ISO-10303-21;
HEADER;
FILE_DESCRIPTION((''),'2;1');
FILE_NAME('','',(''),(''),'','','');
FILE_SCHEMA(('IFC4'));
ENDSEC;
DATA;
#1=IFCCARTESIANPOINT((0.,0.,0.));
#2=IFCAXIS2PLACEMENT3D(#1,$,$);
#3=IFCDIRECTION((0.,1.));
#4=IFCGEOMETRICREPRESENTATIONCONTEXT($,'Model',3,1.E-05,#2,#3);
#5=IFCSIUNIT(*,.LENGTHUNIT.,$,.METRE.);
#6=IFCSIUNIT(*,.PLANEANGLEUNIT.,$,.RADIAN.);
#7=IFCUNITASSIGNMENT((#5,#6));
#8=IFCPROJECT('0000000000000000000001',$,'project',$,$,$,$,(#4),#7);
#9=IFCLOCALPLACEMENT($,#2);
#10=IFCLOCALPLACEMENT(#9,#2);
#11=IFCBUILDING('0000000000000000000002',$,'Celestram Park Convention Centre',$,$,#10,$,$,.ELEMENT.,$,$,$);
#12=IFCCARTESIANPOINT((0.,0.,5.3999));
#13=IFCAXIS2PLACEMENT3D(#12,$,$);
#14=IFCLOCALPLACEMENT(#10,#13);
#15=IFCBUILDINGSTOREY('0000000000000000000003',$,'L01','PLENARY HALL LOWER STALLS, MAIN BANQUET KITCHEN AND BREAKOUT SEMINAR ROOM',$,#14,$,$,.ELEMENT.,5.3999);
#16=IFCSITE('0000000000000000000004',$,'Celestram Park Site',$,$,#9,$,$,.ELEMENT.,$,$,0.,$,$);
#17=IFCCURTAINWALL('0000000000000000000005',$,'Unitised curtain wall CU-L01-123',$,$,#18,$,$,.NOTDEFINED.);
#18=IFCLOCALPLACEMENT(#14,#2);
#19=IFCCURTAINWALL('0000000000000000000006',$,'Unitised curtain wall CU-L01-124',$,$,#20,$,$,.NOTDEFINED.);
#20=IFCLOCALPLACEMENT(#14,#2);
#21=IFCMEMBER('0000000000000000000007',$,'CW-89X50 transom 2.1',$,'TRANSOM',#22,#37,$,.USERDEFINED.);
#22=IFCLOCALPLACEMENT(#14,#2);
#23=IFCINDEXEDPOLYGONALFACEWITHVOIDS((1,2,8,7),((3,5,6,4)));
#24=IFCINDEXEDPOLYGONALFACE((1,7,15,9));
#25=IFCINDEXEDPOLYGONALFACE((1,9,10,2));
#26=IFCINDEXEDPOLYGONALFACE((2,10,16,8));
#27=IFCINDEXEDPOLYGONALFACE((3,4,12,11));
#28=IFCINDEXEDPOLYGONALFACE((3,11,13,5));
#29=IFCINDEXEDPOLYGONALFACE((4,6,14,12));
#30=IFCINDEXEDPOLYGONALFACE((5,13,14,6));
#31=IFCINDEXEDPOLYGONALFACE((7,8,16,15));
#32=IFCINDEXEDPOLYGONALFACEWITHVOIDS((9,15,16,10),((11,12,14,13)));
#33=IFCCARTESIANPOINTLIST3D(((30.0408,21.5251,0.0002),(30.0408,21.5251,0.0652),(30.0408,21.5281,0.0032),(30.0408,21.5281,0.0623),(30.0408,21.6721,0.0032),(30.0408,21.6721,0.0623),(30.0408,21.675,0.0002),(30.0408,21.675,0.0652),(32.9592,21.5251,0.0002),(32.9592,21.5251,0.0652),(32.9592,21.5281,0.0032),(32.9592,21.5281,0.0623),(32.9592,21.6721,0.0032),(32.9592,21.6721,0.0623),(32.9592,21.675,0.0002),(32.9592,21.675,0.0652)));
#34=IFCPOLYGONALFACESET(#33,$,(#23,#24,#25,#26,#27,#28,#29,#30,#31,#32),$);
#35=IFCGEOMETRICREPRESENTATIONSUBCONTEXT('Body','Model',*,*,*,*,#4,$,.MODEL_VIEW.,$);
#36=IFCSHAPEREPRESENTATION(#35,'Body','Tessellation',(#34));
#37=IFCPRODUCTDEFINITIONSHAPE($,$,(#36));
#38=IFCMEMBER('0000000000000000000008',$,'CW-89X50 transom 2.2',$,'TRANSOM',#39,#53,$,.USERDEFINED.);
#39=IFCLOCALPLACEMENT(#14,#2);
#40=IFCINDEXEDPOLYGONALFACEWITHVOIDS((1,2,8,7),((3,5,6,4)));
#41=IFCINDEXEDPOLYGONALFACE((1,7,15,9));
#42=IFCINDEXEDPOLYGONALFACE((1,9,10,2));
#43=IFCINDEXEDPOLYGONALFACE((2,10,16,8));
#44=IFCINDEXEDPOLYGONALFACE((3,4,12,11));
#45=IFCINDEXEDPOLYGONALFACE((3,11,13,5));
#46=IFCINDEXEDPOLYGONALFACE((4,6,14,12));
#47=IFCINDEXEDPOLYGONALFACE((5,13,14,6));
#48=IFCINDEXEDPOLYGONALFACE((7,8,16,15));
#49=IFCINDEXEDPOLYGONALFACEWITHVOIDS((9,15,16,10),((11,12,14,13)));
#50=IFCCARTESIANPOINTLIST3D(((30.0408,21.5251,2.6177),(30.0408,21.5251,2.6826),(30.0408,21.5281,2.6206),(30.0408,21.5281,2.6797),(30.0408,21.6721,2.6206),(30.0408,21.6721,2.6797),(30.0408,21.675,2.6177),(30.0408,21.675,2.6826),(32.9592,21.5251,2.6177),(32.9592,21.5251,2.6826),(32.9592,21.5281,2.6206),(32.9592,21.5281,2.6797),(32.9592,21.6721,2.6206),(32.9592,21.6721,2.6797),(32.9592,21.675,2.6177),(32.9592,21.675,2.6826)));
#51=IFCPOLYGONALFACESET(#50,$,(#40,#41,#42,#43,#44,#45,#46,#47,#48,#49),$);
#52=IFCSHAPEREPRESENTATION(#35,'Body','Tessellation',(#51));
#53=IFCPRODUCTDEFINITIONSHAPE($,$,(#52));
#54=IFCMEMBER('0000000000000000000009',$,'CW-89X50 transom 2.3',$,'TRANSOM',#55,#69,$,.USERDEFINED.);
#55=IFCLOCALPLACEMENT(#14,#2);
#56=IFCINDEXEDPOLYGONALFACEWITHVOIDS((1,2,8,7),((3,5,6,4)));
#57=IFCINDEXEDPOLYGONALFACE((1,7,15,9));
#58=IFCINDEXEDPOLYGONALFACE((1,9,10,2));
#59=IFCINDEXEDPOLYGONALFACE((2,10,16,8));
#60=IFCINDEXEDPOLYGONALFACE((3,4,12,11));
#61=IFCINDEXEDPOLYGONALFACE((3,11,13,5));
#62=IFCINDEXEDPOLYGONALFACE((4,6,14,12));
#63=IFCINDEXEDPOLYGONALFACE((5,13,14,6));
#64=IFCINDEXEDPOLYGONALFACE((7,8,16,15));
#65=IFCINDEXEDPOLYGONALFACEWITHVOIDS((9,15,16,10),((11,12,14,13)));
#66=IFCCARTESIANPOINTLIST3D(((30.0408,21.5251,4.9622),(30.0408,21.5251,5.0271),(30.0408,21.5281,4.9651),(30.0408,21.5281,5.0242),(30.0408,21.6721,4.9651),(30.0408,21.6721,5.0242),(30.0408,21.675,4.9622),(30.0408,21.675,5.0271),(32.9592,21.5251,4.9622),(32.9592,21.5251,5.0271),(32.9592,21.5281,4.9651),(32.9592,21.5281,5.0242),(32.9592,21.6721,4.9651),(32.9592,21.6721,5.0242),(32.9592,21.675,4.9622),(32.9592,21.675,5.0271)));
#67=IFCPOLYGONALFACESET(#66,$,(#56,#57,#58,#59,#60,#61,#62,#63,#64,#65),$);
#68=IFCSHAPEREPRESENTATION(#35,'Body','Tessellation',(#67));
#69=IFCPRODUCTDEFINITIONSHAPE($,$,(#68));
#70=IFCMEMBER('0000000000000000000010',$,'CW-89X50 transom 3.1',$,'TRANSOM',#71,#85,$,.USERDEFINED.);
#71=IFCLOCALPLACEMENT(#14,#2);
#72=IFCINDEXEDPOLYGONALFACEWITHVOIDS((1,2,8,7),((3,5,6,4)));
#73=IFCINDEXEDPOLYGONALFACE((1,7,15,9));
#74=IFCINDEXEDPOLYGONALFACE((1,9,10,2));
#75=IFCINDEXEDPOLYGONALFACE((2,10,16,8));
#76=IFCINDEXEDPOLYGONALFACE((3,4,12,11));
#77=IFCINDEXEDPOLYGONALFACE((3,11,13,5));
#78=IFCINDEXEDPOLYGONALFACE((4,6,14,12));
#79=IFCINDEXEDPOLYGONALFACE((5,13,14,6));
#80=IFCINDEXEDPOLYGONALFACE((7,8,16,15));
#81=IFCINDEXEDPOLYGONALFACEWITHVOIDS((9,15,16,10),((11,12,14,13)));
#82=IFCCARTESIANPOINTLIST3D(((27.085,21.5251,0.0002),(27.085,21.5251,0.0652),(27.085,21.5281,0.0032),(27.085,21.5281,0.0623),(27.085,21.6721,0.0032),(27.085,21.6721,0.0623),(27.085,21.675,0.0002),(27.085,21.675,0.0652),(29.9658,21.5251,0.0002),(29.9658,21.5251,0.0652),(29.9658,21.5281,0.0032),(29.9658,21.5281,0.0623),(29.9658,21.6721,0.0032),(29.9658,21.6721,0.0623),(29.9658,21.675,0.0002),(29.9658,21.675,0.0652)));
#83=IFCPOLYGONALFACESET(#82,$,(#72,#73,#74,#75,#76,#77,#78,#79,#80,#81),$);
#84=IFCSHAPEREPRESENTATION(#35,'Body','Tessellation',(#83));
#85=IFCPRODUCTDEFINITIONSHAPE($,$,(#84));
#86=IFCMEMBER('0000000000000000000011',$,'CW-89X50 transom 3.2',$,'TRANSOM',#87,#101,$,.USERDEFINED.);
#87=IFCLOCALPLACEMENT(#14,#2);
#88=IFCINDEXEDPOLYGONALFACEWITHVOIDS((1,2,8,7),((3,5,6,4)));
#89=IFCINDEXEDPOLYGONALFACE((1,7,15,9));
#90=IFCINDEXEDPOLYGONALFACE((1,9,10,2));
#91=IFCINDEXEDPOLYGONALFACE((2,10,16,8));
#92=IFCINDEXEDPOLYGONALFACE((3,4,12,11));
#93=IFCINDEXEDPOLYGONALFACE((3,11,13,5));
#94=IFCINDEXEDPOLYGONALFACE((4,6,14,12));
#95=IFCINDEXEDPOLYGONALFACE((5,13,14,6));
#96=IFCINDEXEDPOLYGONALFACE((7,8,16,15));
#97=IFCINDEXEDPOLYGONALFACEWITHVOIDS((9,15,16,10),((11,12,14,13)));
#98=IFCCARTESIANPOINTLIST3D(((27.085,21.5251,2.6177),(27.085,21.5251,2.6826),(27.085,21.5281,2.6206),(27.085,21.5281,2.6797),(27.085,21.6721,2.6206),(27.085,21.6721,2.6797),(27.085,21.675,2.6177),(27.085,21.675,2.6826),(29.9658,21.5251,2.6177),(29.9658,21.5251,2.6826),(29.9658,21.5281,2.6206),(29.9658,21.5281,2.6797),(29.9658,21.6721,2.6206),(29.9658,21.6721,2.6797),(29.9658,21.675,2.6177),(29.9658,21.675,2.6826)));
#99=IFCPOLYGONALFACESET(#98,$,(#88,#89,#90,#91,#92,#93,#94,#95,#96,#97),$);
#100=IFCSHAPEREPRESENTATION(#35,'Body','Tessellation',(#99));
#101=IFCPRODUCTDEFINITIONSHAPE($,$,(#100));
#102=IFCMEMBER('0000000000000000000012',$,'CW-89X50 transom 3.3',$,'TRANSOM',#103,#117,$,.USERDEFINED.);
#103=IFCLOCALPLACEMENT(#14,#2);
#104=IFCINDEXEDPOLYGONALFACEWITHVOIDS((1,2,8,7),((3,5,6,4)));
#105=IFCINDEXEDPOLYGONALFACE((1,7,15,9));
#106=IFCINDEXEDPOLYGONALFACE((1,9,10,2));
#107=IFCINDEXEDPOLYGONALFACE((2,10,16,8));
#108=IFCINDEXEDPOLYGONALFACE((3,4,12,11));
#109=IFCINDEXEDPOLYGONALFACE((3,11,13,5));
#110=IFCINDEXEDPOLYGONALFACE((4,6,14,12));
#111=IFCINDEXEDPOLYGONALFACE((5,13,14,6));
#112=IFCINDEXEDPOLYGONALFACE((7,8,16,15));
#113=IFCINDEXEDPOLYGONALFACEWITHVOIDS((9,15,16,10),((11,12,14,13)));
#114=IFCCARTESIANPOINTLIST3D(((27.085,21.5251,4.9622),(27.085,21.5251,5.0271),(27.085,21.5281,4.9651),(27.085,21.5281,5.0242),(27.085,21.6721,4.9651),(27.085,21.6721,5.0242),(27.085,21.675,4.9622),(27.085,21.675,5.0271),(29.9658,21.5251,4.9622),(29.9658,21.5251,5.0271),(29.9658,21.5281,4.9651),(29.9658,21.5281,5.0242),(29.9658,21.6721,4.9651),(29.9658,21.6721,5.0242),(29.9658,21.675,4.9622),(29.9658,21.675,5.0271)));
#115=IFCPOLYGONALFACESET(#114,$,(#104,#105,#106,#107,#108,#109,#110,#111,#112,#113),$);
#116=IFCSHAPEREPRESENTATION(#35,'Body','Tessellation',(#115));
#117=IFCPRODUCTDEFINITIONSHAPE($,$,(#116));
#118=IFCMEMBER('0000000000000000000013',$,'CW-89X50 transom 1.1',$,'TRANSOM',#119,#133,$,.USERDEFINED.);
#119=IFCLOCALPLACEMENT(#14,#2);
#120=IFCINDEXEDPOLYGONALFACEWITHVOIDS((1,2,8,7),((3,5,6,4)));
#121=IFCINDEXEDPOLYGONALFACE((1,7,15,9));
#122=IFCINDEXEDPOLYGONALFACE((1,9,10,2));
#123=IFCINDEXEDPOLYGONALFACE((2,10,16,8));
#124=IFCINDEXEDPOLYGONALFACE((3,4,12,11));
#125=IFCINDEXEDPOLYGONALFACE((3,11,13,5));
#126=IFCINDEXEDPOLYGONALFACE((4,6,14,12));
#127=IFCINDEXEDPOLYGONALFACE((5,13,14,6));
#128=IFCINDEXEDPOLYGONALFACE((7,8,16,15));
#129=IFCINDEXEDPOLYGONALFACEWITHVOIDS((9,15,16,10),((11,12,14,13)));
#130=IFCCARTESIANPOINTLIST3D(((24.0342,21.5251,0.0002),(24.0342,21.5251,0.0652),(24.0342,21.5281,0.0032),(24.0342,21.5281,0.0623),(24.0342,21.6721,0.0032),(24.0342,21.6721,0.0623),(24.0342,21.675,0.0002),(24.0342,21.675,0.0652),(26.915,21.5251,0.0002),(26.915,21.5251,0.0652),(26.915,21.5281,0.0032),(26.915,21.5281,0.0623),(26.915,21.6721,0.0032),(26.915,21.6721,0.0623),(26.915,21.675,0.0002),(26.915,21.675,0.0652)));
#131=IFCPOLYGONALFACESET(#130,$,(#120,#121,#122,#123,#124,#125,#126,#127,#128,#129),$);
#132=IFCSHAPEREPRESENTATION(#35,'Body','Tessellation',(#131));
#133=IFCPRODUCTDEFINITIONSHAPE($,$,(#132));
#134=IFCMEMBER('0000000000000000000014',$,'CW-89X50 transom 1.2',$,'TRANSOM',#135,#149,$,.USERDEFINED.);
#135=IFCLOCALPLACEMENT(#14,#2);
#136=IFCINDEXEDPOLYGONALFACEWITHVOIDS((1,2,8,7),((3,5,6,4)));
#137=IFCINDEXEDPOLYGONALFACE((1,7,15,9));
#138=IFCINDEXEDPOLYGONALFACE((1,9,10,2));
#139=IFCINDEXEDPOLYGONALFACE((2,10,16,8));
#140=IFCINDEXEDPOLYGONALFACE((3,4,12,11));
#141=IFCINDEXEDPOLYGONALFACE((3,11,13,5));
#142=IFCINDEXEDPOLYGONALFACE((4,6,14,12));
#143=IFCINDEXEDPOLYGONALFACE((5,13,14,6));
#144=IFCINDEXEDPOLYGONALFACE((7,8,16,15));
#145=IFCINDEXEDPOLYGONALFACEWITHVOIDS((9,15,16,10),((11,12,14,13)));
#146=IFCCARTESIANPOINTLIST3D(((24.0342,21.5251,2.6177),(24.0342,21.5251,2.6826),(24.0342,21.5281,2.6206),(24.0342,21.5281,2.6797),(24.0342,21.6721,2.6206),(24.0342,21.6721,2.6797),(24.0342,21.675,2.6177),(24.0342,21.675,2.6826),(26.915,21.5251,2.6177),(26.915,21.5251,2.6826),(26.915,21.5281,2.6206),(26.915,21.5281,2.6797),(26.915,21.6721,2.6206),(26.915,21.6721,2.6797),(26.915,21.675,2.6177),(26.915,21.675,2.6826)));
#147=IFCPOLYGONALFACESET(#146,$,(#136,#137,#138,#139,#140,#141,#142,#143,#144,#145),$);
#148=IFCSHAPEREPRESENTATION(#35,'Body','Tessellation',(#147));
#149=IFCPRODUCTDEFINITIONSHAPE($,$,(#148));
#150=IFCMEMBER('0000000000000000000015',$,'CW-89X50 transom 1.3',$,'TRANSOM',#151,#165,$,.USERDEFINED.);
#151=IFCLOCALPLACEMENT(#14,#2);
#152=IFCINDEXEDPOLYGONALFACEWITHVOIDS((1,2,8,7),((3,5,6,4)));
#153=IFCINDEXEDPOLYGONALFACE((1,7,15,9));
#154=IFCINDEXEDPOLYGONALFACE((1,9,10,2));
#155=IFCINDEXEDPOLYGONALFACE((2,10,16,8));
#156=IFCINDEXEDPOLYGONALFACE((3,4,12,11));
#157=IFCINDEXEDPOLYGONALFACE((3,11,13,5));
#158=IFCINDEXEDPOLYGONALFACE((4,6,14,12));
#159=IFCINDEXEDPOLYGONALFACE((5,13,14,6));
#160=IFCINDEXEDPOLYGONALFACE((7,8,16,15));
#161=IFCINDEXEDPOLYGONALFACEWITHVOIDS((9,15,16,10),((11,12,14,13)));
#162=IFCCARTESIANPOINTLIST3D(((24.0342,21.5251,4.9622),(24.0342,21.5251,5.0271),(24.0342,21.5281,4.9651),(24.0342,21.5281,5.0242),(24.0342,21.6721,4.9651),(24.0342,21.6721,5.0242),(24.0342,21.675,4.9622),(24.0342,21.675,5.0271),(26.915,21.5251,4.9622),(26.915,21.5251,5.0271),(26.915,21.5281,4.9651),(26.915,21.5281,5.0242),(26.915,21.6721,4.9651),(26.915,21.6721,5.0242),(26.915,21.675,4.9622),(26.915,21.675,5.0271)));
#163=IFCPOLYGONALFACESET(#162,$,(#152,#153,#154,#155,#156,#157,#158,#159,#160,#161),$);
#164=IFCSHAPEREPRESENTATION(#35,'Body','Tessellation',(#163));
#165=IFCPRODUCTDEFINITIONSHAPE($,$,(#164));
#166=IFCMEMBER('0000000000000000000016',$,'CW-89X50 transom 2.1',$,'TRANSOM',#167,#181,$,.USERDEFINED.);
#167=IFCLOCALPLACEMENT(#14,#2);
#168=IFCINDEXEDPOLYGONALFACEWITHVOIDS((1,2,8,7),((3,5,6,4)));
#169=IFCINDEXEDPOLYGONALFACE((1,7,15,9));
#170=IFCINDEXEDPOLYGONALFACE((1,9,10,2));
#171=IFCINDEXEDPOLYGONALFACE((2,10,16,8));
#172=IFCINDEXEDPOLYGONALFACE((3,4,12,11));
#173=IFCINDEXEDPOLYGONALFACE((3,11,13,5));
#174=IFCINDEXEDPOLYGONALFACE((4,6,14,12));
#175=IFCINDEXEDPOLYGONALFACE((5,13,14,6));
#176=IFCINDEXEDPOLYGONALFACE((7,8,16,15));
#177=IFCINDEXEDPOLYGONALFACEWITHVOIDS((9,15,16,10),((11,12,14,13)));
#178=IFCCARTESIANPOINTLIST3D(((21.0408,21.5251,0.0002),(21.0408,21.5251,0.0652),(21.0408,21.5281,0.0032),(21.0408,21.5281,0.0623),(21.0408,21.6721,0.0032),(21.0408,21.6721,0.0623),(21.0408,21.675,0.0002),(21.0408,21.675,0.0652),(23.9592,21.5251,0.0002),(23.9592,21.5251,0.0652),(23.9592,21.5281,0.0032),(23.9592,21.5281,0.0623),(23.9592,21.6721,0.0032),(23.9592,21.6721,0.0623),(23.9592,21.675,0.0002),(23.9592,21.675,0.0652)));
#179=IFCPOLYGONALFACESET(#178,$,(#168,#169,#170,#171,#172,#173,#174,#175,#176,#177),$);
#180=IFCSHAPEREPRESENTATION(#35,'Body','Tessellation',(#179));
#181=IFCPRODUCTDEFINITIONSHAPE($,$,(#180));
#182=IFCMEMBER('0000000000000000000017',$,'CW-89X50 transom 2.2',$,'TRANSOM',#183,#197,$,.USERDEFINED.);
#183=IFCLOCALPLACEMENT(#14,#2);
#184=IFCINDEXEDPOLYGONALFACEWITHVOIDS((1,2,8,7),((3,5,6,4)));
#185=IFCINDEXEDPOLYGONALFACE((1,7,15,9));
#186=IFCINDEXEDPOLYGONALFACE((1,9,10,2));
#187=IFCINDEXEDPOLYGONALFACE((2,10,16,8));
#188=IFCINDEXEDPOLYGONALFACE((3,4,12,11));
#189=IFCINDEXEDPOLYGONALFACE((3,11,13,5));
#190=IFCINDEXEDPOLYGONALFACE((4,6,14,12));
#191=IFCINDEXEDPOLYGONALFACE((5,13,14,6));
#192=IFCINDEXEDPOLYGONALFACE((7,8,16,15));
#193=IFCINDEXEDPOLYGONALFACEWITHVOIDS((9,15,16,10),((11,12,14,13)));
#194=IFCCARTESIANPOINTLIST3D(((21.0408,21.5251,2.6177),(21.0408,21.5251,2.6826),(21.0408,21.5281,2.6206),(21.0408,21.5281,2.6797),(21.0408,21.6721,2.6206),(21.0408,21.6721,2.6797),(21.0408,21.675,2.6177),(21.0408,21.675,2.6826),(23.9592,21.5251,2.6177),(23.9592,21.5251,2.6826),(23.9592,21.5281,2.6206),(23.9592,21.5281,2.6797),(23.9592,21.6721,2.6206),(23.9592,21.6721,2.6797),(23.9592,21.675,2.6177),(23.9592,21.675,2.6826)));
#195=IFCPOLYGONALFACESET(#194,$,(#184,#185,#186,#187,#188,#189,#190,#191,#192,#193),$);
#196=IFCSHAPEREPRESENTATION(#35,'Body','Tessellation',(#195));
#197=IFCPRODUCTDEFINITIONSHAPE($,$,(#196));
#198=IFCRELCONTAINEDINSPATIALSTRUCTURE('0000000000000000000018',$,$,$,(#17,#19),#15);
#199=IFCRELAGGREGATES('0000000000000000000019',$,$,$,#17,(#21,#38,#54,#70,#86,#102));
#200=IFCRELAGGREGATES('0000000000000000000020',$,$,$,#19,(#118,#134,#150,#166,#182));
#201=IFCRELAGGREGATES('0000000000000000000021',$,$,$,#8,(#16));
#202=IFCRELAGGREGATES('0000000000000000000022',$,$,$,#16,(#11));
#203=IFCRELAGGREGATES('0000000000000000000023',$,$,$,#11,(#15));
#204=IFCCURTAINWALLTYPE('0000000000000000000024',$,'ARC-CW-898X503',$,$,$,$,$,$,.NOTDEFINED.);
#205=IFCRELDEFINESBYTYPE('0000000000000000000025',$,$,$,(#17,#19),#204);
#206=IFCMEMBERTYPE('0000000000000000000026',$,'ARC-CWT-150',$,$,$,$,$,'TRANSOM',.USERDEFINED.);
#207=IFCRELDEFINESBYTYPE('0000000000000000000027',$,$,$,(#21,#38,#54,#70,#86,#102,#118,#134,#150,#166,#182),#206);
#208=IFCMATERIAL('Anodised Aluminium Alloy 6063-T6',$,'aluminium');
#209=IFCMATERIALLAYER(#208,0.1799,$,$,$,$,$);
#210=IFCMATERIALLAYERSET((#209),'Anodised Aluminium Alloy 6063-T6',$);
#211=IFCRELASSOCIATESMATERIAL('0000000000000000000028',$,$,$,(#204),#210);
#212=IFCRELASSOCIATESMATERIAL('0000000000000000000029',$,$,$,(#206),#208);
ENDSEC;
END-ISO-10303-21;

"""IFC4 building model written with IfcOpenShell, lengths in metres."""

from ifc_helpers import new_model, si_unit, direction, frame, origin, origin_2d, place, context, subcontext, project, spatial, hollow_rectangle, extrude, material, layer, layer_set, material_profile, profile_set, type_object, element, aggregate, save


model = new_model("IFC4")

# Units and contexts
model_context = context("Model", 3, precision=1e-05, world=origin(), true_north=direction((0.0, 1.0)))
body_context = subcontext(model_context, "Body", "Model", "MODEL_VIEW")
ifc_project = project(units=[si_unit("LENGTHUNIT", "METRE"), si_unit("PLANEANGLEUNIT", "RADIAN")], contexts=[model_context])

# Site, building, storey
site_placement = place(None, origin())
site = spatial("IfcSite", under=ifc_project, at=site_placement, Name="Celestram Park Site", CompositionType="ELEMENT", RefElevation=0.0)
building_placement = place(site_placement, origin())
building = spatial("IfcBuilding", under=site, at=building_placement, Name="Celestram Park Convention Centre", CompositionType="ELEMENT")
storey_placement = place(building_placement, frame((0.0, 0.0, 5.3999)))
storey = spatial("IfcBuildingStorey", under=building, at=storey_placement, Name="L01", Description="PLENARY HALL LOWER STALLS, MAIN BANQUET KITCHEN AND BREAKOUT SEMINAR ROOM", CompositionType="ELEMENT", Elevation=5.3999)

# Curtain walls
ifc_material_1 = material(Name="Anodised Aluminium Alloy 6063-T6", Category="aluminium")
ifc_layer_1 = layer(ifc_material_1, 0.1799)
ifc_layer_set_1 = layer_set([ifc_layer_1], Name="Anodised Aluminium Alloy 6063-T6")
curtain_wall_type = type_object("IfcCurtainWallType", Name="ARC-CW-898X503", PredefinedType="NOTDEFINED", material=ifc_layer_set_1)
curtain_wall_1_placement = place(storey_placement, origin())
curtain_wall_1 = element("IfcCurtainWall", 1, at=curtain_wall_1_placement, inside=storey, type_object=curtain_wall_type, Name="Unitised curtain wall CU-L01-123", PredefinedType="NOTDEFINED")
curtain_wall_2_placement = place(storey_placement, origin())
curtain_wall_2 = element("IfcCurtainWall", 2, at=curtain_wall_2_placement, inside=storey, type_object=curtain_wall_type, Name="Unitised curtain wall CU-L01-124", PredefinedType="NOTDEFINED")

# Members
ifc_material_profile_1 = material_profile(ifc_material_1, hollow_rectangle(XDim=0.1499, YDim=0.0649, WallThickness=0.0029, at=origin_2d()), Name="ALU150X65X3")
ifc_profile_set_1 = profile_set([ifc_material_profile_1], Name="Anodised Aluminium Alloy 6063-T6")
member_type_1 = type_object("IfcMemberType", Name="ARC-CWT-150", ElementType="TRANSOM", PredefinedType="USERDEFINED", material=ifc_profile_set_1)
member_1_placement = place(storey_placement, frame((32.9592, 21.6001, 0.0327), z_axis=(-1.0, 0.0, 0.0), x_axis=(0.0, -1.0, 0.0)))
member_1 = element("IfcMember", 3, at=member_1_placement, type_object=member_type_1, Name="CW-89X50 transom 2.1", ObjectType="TRANSOM", PredefinedType="USERDEFINED", context=body_context, shape_type="SweptSolid", body=[
    extrude(hollow_rectangle(XDim=0.1499, YDim=0.0649, WallThickness=0.0029, at=origin_2d()), origin(), (0.0, 0.0, 1.0), 2.9185),
])
member_2_placement = place(storey_placement, frame((32.9592, 21.6001, 2.6501), z_axis=(-1.0, 0.0, 0.0), x_axis=(0.0, -1.0, 0.0)))
member_2 = element("IfcMember", 4, at=member_2_placement, type_object=member_type_1, Name="CW-89X50 transom 2.2", ObjectType="TRANSOM", PredefinedType="USERDEFINED", context=body_context, shape_type="SweptSolid", body=[
    extrude(hollow_rectangle(XDim=0.1499, YDim=0.0649, WallThickness=0.0029, at=origin_2d()), origin(), (0.0, 0.0, 1.0), 2.9185),
])
member_3_placement = place(storey_placement, frame((32.9592, 21.6001, 4.9946), z_axis=(-1.0, 0.0, 0.0), x_axis=(0.0, -1.0, 0.0)))
member_3 = element("IfcMember", 5, at=member_3_placement, type_object=member_type_1, Name="CW-89X50 transom 2.3", ObjectType="TRANSOM", PredefinedType="USERDEFINED", context=body_context, shape_type="SweptSolid", body=[
    extrude(hollow_rectangle(XDim=0.1499, YDim=0.0649, WallThickness=0.0029, at=origin_2d()), origin(), (0.0, 0.0, 1.0), 2.9185),
])
member_4_placement = place(storey_placement, frame((29.9658, 21.6001, 0.0327), z_axis=(-1.0, 0.0, 0.0), x_axis=(0.0, -1.0, 0.0)))
member_4 = element("IfcMember", 6, at=member_4_placement, type_object=member_type_1, Name="CW-89X50 transom 3.1", ObjectType="TRANSOM", PredefinedType="USERDEFINED", context=body_context, shape_type="SweptSolid", body=[
    extrude(hollow_rectangle(XDim=0.1499, YDim=0.0649, WallThickness=0.0029, at=origin_2d()), origin(), (0.0, 0.0, 1.0), 2.8809),
])
member_5_placement = place(storey_placement, frame((29.9658, 21.6001, 2.6501), z_axis=(-1.0, 0.0, 0.0), x_axis=(0.0, -1.0, 0.0)))
member_5 = element("IfcMember", 7, at=member_5_placement, type_object=member_type_1, Name="CW-89X50 transom 3.2", ObjectType="TRANSOM", PredefinedType="USERDEFINED", context=body_context, shape_type="SweptSolid", body=[
    extrude(hollow_rectangle(XDim=0.1499, YDim=0.0649, WallThickness=0.0029, at=origin_2d()), origin(), (0.0, 0.0, 1.0), 2.8809),
])
member_6_placement = place(storey_placement, frame((29.9658, 21.6001, 4.9946), z_axis=(-1.0, 0.0, 0.0), x_axis=(0.0, -1.0, 0.0)))
member_6 = element("IfcMember", 8, at=member_6_placement, type_object=member_type_1, Name="CW-89X50 transom 3.3", ObjectType="TRANSOM", PredefinedType="USERDEFINED", context=body_context, shape_type="SweptSolid", body=[
    extrude(hollow_rectangle(XDim=0.1499, YDim=0.0649, WallThickness=0.0029, at=origin_2d()), origin(), (0.0, 0.0, 1.0), 2.8809),
])
member_7_placement = place(storey_placement, frame((26.915, 21.6001, 0.0327), z_axis=(-1.0, 0.0, 0.0), x_axis=(0.0, -1.0, 0.0)))
member_7 = element("IfcMember", 9, at=member_7_placement, type_object=member_type_1, Name="CW-89X50 transom 1.1", ObjectType="TRANSOM", PredefinedType="USERDEFINED", context=body_context, shape_type="SweptSolid", body=[
    extrude(hollow_rectangle(XDim=0.1499, YDim=0.0649, WallThickness=0.0029, at=origin_2d()), origin(), (0.0, 0.0, 1.0), 2.8809),
])
member_8_placement = place(storey_placement, frame((26.915, 21.6001, 2.6501), z_axis=(-1.0, 0.0, 0.0), x_axis=(0.0, -1.0, 0.0)))
member_8 = element("IfcMember", 10, at=member_8_placement, type_object=member_type_1, Name="CW-89X50 transom 1.2", ObjectType="TRANSOM", PredefinedType="USERDEFINED", context=body_context, shape_type="SweptSolid", body=[
    extrude(hollow_rectangle(XDim=0.1499, YDim=0.0649, WallThickness=0.0029, at=origin_2d()), origin(), (0.0, 0.0, 1.0), 2.8809),
])
member_9_placement = place(storey_placement, frame((26.915, 21.6001, 4.9946), z_axis=(-1.0, 0.0, 0.0), x_axis=(0.0, -1.0, 0.0)))
member_9 = element("IfcMember", 11, at=member_9_placement, type_object=member_type_1, Name="CW-89X50 transom 1.3", ObjectType="TRANSOM", PredefinedType="USERDEFINED", context=body_context, shape_type="SweptSolid", body=[
    extrude(hollow_rectangle(XDim=0.1499, YDim=0.0649, WallThickness=0.0029, at=origin_2d()), origin(), (0.0, 0.0, 1.0), 2.8809),
])
member_10_placement = place(storey_placement, frame((23.9592, 21.6001, 0.0327), z_axis=(-1.0, 0.0, 0.0), x_axis=(0.0, -1.0, 0.0)))
member_10 = element("IfcMember", 12, at=member_10_placement, type_object=member_type_1, Name="CW-89X50 transom 2.1", ObjectType="TRANSOM", PredefinedType="USERDEFINED", context=body_context, shape_type="SweptSolid", body=[
    extrude(hollow_rectangle(XDim=0.1499, YDim=0.0649, WallThickness=0.0029, at=origin_2d()), origin(), (0.0, 0.0, 1.0), 2.9185),
])
member_11_placement = place(storey_placement, frame((23.9592, 21.6001, 2.6501), z_axis=(-1.0, 0.0, 0.0), x_axis=(0.0, -1.0, 0.0)))
member_11 = element("IfcMember", 13, at=member_11_placement, type_object=member_type_1, Name="CW-89X50 transom 2.2", ObjectType="TRANSOM", PredefinedType="USERDEFINED", context=body_context, shape_type="SweptSolid", body=[
    extrude(hollow_rectangle(XDim=0.1499, YDim=0.0649, WallThickness=0.0029, at=origin_2d()), origin(), (0.0, 0.0, 1.0), 2.9185),
])

aggregate(curtain_wall_1, [member_1, member_2, member_3, member_4, member_5, member_6])
aggregate(curtain_wall_2, [member_7, member_8, member_9, member_10, member_11])

save(model, "model.ifc")
